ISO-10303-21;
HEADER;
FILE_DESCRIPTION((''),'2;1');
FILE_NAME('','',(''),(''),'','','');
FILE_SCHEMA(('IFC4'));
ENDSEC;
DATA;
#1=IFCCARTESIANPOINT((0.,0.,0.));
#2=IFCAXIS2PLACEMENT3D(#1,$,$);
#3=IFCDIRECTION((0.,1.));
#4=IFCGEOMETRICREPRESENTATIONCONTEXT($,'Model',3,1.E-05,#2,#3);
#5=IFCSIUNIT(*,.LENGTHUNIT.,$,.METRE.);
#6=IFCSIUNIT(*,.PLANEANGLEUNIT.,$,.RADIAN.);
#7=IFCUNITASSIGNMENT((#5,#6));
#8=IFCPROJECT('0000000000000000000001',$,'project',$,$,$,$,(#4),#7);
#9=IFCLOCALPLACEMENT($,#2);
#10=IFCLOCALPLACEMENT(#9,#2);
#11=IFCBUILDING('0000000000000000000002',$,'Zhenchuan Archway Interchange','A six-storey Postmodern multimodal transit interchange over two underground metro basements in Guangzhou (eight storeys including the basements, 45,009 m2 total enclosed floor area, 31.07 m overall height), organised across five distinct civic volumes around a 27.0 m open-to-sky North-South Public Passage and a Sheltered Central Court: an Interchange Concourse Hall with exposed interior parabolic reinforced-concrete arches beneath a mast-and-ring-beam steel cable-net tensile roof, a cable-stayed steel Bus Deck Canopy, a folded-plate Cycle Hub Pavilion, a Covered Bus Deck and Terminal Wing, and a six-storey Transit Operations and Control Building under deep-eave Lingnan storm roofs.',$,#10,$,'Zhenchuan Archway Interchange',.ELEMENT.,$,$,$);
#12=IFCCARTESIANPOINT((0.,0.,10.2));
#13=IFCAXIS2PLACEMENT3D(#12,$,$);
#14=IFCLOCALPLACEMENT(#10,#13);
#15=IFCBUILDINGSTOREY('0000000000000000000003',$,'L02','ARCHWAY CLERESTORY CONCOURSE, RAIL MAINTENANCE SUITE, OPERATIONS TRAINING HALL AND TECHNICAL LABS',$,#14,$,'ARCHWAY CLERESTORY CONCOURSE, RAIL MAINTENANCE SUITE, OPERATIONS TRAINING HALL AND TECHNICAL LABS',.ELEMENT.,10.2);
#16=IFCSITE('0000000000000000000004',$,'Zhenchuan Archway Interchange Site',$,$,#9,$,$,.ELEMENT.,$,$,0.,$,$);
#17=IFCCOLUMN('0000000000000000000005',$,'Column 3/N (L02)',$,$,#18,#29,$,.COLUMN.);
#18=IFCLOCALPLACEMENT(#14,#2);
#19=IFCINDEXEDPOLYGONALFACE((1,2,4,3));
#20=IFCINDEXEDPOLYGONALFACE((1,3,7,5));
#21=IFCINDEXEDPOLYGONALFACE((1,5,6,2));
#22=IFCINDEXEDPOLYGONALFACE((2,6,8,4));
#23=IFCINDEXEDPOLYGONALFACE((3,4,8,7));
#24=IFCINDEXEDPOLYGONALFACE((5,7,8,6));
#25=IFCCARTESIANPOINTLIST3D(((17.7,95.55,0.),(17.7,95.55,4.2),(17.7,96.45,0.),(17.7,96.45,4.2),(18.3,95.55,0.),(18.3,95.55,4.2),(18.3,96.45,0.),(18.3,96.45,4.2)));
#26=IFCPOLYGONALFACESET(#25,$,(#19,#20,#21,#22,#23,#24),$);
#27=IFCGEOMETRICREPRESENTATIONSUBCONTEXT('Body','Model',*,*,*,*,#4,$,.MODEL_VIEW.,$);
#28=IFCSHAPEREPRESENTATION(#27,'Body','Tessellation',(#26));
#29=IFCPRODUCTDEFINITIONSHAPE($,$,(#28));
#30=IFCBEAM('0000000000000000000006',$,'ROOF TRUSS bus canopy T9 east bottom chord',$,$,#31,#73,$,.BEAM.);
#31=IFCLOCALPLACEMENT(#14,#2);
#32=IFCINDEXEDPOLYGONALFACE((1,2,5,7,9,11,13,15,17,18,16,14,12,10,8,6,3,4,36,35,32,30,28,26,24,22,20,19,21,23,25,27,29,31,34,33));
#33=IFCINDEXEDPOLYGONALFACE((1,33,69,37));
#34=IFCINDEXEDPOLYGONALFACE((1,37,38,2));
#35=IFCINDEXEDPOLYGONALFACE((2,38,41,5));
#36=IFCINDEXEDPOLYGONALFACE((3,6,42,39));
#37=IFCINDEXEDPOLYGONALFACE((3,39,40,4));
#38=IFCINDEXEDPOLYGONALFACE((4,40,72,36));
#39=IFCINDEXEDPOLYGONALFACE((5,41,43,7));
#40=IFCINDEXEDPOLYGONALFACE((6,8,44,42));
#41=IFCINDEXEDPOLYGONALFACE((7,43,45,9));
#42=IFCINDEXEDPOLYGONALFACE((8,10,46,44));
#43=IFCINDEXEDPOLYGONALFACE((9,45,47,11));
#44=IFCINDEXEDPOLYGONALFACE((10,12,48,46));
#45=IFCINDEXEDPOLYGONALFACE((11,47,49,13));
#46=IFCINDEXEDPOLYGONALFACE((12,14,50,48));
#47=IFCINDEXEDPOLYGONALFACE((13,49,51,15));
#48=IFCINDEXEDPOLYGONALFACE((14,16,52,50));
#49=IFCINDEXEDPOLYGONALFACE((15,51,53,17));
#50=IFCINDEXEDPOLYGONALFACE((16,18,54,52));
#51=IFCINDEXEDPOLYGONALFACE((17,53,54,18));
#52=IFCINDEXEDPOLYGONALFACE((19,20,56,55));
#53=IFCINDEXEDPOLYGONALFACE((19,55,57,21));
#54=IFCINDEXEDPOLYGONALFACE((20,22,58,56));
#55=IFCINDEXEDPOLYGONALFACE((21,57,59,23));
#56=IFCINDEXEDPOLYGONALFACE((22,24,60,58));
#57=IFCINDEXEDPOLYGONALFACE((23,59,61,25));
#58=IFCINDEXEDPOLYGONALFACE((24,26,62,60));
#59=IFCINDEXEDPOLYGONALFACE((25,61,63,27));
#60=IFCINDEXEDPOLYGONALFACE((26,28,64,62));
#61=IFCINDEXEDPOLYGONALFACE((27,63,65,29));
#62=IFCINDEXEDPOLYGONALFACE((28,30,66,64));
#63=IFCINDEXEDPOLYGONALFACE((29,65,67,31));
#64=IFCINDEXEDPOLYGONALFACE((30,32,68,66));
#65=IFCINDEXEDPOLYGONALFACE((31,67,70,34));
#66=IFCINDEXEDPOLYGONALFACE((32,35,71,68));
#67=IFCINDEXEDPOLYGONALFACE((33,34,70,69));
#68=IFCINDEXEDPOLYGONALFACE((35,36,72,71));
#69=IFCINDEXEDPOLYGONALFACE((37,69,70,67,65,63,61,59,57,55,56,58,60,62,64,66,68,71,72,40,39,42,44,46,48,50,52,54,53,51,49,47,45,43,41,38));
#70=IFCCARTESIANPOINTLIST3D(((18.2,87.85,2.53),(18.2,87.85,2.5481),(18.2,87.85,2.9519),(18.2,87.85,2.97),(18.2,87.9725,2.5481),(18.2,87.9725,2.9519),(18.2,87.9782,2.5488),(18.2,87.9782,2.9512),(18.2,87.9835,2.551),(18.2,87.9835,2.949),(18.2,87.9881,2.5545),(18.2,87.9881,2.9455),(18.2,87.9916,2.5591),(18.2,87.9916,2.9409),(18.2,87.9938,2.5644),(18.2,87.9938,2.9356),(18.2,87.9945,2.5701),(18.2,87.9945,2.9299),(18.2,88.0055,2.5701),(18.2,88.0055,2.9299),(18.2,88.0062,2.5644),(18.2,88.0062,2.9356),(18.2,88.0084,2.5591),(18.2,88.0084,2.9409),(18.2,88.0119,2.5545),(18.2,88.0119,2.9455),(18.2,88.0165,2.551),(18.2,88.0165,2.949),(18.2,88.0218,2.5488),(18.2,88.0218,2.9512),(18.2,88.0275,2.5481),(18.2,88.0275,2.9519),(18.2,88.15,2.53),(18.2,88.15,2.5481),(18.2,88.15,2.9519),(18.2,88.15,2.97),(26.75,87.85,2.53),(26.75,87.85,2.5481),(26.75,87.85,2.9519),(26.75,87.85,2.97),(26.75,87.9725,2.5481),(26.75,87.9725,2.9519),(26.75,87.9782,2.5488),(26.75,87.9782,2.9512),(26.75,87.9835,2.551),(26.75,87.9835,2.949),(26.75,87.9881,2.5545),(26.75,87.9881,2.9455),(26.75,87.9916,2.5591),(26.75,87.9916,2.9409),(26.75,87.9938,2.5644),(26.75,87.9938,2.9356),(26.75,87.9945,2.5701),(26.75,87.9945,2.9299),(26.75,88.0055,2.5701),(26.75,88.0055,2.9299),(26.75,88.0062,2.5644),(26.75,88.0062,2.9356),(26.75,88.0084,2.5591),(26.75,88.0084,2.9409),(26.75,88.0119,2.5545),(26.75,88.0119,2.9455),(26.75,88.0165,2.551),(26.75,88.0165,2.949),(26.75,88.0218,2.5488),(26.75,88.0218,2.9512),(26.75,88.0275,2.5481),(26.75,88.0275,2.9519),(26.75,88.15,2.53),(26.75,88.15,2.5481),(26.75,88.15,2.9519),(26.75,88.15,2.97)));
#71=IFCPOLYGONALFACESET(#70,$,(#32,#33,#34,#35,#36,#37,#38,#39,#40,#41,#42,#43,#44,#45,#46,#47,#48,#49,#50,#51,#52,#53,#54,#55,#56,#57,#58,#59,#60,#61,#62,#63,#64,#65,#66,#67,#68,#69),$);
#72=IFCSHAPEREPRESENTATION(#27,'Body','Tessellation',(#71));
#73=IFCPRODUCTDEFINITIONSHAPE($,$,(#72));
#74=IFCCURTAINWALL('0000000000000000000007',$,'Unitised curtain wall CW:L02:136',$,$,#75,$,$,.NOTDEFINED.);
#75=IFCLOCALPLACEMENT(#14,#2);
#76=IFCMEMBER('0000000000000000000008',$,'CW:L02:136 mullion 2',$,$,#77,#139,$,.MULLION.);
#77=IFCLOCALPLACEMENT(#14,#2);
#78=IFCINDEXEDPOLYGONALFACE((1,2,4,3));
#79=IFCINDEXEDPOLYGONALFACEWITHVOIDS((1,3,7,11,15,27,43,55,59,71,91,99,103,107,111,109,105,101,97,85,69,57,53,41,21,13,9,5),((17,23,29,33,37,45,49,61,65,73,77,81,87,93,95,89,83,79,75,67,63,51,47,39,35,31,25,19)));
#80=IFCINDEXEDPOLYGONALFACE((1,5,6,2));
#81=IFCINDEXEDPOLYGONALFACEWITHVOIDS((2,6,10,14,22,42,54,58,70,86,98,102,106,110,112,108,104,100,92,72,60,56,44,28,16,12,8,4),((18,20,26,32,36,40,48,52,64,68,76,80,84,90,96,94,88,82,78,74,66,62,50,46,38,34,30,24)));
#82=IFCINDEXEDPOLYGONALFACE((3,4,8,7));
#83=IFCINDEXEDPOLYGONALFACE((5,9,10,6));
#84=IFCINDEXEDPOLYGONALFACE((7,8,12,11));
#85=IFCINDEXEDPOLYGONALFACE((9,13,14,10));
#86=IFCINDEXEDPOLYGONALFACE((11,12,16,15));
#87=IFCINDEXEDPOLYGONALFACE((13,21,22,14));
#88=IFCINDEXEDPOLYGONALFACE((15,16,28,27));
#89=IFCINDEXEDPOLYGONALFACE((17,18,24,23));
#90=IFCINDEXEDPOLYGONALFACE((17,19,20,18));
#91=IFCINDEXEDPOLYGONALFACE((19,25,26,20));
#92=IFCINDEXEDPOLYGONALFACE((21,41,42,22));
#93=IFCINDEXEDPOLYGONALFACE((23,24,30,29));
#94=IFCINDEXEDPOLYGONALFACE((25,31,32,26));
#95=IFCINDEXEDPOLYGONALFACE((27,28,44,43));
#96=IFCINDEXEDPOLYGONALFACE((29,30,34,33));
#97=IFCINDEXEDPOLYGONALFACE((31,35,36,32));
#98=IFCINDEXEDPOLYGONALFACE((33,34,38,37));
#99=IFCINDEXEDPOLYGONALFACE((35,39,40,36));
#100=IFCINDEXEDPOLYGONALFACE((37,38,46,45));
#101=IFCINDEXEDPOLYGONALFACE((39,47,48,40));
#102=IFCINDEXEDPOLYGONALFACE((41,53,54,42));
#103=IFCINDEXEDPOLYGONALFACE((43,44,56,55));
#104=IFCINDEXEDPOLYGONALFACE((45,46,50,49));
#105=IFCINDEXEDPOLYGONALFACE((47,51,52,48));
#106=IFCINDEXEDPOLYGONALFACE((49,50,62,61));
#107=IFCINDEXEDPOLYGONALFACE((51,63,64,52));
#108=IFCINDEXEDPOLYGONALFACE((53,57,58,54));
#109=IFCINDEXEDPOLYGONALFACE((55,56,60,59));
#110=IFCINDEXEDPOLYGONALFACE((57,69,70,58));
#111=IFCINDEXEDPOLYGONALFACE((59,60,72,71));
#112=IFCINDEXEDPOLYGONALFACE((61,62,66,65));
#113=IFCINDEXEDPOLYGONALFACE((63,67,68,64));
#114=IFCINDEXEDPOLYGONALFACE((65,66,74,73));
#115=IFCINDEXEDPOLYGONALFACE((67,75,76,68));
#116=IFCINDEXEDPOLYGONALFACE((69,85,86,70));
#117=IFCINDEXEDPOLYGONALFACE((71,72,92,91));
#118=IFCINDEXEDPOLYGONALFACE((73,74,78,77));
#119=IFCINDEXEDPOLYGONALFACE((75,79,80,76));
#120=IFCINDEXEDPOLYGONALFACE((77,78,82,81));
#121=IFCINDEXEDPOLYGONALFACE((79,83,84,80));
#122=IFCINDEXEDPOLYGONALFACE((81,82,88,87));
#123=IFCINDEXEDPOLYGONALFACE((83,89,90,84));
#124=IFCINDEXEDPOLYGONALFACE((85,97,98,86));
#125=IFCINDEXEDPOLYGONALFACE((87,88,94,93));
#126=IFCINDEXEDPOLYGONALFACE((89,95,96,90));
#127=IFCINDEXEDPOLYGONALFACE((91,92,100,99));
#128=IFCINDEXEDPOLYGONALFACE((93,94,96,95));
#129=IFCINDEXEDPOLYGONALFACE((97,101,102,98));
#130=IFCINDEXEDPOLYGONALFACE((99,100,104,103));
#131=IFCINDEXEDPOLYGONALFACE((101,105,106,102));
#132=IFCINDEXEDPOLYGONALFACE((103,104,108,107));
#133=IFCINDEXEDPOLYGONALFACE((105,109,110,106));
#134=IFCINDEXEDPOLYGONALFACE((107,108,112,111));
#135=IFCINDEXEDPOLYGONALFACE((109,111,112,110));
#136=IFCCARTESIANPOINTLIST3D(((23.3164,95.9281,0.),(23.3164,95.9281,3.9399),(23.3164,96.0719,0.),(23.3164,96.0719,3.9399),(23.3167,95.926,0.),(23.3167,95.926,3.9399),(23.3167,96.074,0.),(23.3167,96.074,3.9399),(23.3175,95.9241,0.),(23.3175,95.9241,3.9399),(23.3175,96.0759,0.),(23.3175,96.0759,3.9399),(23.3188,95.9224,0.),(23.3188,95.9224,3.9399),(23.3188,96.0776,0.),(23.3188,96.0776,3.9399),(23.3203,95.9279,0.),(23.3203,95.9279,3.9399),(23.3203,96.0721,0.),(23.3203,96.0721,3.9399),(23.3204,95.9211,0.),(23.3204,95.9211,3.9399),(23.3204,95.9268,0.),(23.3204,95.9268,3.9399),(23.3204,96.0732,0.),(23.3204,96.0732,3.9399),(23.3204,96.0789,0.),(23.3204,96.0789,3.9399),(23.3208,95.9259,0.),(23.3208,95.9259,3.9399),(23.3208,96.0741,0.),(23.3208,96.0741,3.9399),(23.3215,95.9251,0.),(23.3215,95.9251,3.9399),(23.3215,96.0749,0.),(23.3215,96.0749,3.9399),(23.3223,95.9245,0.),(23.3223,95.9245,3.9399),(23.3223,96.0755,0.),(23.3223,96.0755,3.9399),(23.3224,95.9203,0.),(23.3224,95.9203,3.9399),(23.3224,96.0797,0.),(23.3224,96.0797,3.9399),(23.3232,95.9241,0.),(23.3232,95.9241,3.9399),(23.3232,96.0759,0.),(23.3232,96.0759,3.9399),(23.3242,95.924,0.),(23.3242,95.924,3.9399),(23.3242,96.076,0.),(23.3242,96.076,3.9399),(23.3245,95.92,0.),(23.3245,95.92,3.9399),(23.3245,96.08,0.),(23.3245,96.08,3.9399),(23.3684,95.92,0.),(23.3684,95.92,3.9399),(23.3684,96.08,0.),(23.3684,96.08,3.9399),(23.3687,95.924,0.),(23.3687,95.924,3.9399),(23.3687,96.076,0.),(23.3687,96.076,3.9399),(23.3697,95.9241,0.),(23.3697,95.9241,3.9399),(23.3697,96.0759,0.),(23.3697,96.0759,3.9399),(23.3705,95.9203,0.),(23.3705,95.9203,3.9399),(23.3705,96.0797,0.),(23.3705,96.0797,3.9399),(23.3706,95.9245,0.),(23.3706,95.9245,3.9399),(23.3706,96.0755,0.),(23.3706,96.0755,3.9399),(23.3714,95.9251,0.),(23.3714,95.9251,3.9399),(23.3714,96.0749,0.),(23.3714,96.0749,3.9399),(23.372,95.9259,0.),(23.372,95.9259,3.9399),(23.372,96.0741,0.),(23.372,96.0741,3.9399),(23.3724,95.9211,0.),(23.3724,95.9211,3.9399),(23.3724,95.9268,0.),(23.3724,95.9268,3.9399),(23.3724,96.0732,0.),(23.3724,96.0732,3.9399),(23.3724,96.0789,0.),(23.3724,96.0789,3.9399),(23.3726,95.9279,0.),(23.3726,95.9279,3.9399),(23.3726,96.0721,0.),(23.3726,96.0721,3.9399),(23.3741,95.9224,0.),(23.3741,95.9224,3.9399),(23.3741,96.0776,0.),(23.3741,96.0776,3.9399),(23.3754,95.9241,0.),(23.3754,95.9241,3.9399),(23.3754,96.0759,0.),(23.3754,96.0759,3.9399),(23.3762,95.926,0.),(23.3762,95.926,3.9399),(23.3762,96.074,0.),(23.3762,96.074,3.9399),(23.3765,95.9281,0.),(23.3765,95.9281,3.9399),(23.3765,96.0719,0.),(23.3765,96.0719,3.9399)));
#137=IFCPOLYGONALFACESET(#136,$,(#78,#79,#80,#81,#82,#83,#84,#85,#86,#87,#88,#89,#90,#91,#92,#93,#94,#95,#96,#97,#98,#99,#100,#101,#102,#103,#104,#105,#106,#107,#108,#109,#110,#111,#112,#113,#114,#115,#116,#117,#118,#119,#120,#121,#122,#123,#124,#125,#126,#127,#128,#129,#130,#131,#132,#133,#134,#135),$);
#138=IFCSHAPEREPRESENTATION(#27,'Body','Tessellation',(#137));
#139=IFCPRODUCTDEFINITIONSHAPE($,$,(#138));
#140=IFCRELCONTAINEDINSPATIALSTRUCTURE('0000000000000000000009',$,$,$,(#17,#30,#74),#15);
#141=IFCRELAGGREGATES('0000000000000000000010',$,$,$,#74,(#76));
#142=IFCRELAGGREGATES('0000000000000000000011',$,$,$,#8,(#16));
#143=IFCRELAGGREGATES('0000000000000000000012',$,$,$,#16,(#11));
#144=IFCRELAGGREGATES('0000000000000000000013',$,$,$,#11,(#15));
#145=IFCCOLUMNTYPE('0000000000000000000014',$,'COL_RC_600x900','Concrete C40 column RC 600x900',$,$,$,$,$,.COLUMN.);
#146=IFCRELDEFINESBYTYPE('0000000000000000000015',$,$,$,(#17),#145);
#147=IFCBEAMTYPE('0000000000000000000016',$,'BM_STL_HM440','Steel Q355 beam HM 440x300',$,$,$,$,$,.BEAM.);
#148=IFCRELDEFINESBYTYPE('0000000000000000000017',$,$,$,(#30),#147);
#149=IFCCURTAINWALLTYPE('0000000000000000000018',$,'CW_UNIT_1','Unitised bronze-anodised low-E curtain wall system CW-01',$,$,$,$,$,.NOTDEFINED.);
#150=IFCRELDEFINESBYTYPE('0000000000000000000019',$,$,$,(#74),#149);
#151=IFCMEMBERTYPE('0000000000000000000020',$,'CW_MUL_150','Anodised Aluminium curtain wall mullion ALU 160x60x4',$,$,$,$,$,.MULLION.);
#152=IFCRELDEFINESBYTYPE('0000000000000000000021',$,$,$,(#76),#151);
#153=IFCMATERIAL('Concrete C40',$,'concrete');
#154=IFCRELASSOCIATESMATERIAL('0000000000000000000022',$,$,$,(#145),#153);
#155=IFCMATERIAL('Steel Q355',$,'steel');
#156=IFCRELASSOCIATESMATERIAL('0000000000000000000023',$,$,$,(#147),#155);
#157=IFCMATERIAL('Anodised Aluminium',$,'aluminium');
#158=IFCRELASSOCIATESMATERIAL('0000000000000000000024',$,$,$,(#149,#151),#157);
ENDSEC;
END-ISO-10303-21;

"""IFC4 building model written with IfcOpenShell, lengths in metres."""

from ifc_helpers import new_model, si_unit, direction, frame, origin, origin_2d, place, context, subcontext, project, spatial, rectangle, hollow_rectangle, i_section, extrude, material, material_profile, profile_set, type_object, element, aggregate, save


model = new_model("IFC4")

# Units and contexts
model_context = context("Model", 3, precision=1e-05, world=origin(), true_north=direction((0.0, 1.0)))
body_context = subcontext(model_context, "Body", "Model", "MODEL_VIEW")
ifc_project = project(units=[si_unit("LENGTHUNIT", "METRE"), si_unit("PLANEANGLEUNIT", "RADIAN")], contexts=[model_context])

# Site, building, storey
site_placement = place(None, origin())
site = spatial("IfcSite", under=ifc_project, at=site_placement, Name="Zhenchuan Archway Interchange Site", CompositionType="ELEMENT", RefElevation=0.0)
building_placement = place(site_placement, origin())
building = spatial("IfcBuilding", under=site, at=building_placement, Name="Zhenchuan Archway Interchange", Description="A six-storey Postmodern multimodal transit interchange over two underground metro basements in Guangzhou (eight storeys including the basements, 45,009 m2 total enclosed floor area, 31.07 m overall height), organised across five distinct civic volumes around a 27.0 m open-to-sky North-South Public Passage and a Sheltered Central Court: an Interchange Concourse Hall with exposed interior parabolic reinforced-concrete arches beneath a mast-and-ring-beam steel cable-net tensile roof, a cable-stayed steel Bus Deck Canopy, a folded-plate Cycle Hub Pavilion, a Covered Bus Deck and Terminal Wing, and a six-storey Transit Operations and Control Building under deep-eave Lingnan storm roofs.", LongName="Zhenchuan Archway Interchange", CompositionType="ELEMENT")
storey_placement = place(building_placement, frame((0.0, 0.0, 10.2)))
storey = spatial("IfcBuildingStorey", under=building, at=storey_placement, Name="L02", Description="ARCHWAY CLERESTORY CONCOURSE, RAIL MAINTENANCE SUITE, OPERATIONS TRAINING HALL AND TECHNICAL LABS", LongName="ARCHWAY CLERESTORY CONCOURSE, RAIL MAINTENANCE SUITE, OPERATIONS TRAINING HALL AND TECHNICAL LABS", CompositionType="ELEMENT", Elevation=10.2)

# Column
ifc_material_1 = material(Name="Concrete C40", Category="concrete")
ifc_material_profile_1 = material_profile(ifc_material_1, rectangle(XDim=0.6001, YDim=0.8999, at=origin_2d()), Name="RC 600x900")
ifc_profile_set_1 = profile_set([ifc_material_profile_1], Name="Concrete C40")
column_type = type_object("IfcColumnType", Name="COL_RC_600x900", Description="Concrete C40 column RC 600x900", PredefinedType="COLUMN", material=ifc_profile_set_1)
column_placement = place(storey_placement, frame((18.0, 96.0, 0.0), z_axis=(0.0, 0.0, 1.0), x_axis=(1.0, 0.0, 0.0)))
element("IfcColumn", 1, at=column_placement, inside=storey, type_object=column_type, Name="Column 3/N (L02)", PredefinedType="COLUMN", context=body_context, shape_type="SweptSolid", body=[
    extrude(rectangle(XDim=0.6001, YDim=0.8999, at=origin_2d()), origin(), (0.0, 0.0, 1.0), 4.2),
])

# Beam
ifc_material_2 = material(Name="Steel Q355", Category="steel")
ifc_material_profile_2 = material_profile(ifc_material_2, i_section(OverallWidth=0.3, OverallDepth=0.4399, WebThickness=0.011, FlangeThickness=0.0181, FilletRadius=0.022, at=origin_2d()), Name="HM 440x300")
ifc_profile_set_2 = profile_set([ifc_material_profile_2], Name="Steel Q355")
beam_type_1 = type_object("IfcBeamType", Name="BM_STL_HM440", Description="Steel Q355 beam HM 440x300", PredefinedType="BEAM", material=ifc_profile_set_2)
beam_1_placement = place(storey_placement, frame((18.2, 88.0, 2.75), z_axis=(1.0, 0.0, 0.0), x_axis=(0.0, 1.0, 0.0)))
element("IfcBeam", 2, at=beam_1_placement, inside=storey, type_object=beam_type_1, Name="ROOF TRUSS bus canopy T9 east bottom chord", PredefinedType="BEAM", context=body_context, shape_type="SweptSolid", body=[
    extrude(i_section(OverallWidth=0.3, OverallDepth=0.4399, WebThickness=0.011, FlangeThickness=0.0181, FilletRadius=0.022, at=origin_2d()), origin(), (0.0, 0.0, 1.0), 8.55),
])

# Curtain wall, member
ifc_material_3 = material(Name="Anodised Aluminium", Category="aluminium")
curtain_wall_type = type_object("IfcCurtainWallType", Name="CW_UNIT_1", Description="Unitised bronze-anodised low-E curtain wall system CW-01", PredefinedType="NOTDEFINED", material=ifc_material_3)
curtain_wall_placement = place(storey_placement, origin())
curtain_wall = element("IfcCurtainWall", 3, at=curtain_wall_placement, inside=storey, type_object=curtain_wall_type, Name="Unitised curtain wall CW:L02:136", PredefinedType="NOTDEFINED")
ifc_material_profile_3 = material_profile(ifc_material_3, hollow_rectangle(XDim=0.0601, YDim=0.1599, WallThickness=0.0039, InnerFilletRadius=0.0039, OuterFilletRadius=0.0081, at=origin_2d()), Name="ALU 160x60x4")
ifc_profile_set_3 = profile_set([ifc_material_profile_3], Name="Anodised Aluminium")
member_type_1 = type_object("IfcMemberType", Name="CW_MUL_150", Description="Anodised Aluminium curtain wall mullion ALU 160x60x4", PredefinedType="MULLION", material=ifc_profile_set_3)
member_1_placement = place(storey_placement, frame((23.3464, 96.0, 0.0), z_axis=(0.0, 0.0, 1.0), x_axis=(1.0, 0.0, 0.0)))
member_1 = element("IfcMember", 4, at=member_1_placement, type_object=member_type_1, Name="CW:L02:136 mullion 2", PredefinedType="MULLION", context=body_context, shape_type="SweptSolid", body=[
    extrude(hollow_rectangle(XDim=0.0601, YDim=0.1599, WallThickness=0.0039, InnerFilletRadius=0.0039, OuterFilletRadius=0.0081, at=origin_2d()), origin(), (0.0, 0.0, 1.0), 3.9399),
])

aggregate(curtain_wall, [member_1])

save(model, "model.ifc")
